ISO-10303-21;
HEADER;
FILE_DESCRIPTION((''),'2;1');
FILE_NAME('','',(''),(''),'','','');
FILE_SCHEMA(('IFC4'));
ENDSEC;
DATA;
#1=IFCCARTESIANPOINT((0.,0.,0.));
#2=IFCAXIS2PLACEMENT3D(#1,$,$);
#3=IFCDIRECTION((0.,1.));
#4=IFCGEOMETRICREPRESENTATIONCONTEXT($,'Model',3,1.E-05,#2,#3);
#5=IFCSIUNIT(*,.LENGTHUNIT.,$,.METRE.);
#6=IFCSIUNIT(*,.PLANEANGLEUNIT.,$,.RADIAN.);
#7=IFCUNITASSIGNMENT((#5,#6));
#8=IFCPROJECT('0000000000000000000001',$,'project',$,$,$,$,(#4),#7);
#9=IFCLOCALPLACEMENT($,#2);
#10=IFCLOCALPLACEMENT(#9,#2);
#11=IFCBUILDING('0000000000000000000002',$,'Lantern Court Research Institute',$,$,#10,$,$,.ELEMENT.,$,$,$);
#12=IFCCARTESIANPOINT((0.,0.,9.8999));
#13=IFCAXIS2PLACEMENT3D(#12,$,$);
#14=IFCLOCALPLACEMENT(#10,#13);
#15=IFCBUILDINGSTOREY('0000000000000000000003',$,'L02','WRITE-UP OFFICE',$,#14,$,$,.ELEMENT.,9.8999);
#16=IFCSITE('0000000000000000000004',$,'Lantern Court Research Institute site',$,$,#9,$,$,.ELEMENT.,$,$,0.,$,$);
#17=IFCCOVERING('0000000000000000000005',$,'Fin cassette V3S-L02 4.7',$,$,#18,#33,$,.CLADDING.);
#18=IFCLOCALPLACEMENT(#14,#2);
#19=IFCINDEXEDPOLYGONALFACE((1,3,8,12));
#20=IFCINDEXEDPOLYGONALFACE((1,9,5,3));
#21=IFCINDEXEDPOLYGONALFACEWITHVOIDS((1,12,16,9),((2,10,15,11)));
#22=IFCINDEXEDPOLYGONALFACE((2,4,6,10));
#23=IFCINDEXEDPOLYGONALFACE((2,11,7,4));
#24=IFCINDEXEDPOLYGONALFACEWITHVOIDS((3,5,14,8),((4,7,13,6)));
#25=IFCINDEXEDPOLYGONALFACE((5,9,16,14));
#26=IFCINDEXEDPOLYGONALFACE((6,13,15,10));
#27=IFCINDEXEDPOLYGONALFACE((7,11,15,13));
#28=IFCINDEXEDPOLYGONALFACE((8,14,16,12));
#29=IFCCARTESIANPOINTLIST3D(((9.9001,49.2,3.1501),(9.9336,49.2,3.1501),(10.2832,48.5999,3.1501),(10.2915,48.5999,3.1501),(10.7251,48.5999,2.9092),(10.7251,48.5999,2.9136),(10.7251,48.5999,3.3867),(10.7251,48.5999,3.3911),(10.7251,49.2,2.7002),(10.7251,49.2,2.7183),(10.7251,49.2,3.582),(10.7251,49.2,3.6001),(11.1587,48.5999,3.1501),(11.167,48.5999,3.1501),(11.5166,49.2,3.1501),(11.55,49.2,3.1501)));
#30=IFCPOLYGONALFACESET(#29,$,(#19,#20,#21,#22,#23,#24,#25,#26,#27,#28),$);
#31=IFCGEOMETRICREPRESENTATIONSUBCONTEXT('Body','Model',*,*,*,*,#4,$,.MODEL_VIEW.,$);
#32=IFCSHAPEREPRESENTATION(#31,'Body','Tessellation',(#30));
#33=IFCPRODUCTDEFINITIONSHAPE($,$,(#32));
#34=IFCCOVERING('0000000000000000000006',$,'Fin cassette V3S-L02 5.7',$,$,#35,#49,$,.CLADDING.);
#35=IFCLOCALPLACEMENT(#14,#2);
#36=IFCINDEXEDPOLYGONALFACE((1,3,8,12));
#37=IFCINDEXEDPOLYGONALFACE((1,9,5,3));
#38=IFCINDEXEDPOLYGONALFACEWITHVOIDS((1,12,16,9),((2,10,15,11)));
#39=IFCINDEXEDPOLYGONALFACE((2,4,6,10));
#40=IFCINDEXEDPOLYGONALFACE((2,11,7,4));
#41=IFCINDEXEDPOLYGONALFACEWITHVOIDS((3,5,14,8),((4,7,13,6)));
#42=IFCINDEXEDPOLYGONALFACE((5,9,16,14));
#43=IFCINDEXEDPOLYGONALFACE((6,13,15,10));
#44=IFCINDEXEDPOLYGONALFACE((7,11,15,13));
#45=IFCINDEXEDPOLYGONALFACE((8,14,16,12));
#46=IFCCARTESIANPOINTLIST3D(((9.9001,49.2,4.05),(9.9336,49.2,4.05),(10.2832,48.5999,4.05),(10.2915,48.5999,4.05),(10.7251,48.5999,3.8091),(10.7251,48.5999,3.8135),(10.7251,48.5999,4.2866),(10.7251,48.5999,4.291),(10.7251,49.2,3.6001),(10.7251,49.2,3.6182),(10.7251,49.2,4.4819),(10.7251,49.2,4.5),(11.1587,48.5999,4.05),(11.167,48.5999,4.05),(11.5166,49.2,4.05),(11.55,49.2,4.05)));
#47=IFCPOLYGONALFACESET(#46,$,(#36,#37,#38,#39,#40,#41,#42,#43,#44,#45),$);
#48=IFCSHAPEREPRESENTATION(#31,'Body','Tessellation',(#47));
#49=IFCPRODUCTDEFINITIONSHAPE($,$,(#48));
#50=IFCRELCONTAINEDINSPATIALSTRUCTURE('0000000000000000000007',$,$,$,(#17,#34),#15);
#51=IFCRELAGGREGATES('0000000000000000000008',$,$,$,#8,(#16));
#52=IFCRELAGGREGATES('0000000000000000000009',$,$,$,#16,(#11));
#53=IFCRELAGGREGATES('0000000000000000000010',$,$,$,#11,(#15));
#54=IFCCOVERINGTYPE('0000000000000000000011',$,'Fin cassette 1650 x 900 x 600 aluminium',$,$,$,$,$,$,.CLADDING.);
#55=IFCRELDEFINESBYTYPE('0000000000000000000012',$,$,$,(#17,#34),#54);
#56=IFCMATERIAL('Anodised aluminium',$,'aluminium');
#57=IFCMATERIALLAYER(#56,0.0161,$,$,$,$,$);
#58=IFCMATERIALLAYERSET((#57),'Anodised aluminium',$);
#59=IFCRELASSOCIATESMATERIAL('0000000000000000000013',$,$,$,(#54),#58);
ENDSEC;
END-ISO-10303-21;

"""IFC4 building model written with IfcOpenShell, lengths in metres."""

from ifc_helpers import new_model, entity, si_unit, direction, frame, origin, place, context, subcontext, project, spatial, material, layer, layer_set, type_object, element, save


model = new_model("IFC4")

# Units and contexts
model_context = context("Model", 3, precision=1e-05, world=origin(), true_north=direction((0.0, 1.0)))
body_context = subcontext(model_context, "Body", "Model", "MODEL_VIEW")
ifc_project = project(units=[si_unit("LENGTHUNIT", "METRE"), si_unit("PLANEANGLEUNIT", "RADIAN")], contexts=[model_context])

# Site, building, storey
site_placement = place(None, origin())
site = spatial("IfcSite", under=ifc_project, at=site_placement, Name="Lantern Court Research Institute site", CompositionType="ELEMENT", RefElevation=0.0)
building_placement = place(site_placement, origin())
building = spatial("IfcBuilding", under=site, at=building_placement, Name="Lantern Court Research Institute", CompositionType="ELEMENT")
storey_placement = place(building_placement, frame((0.0, 0.0, 9.8999)))
storey = spatial("IfcBuildingStorey", under=building, at=storey_placement, Name="L02", Description="WRITE-UP OFFICE", CompositionType="ELEMENT", Elevation=9.8999)

# Coverings
ifc_material_1 = material(Name="Anodised aluminium", Category="aluminium")
ifc_layer_1 = layer(ifc_material_1, 0.0161)
ifc_layer_set_1 = layer_set([ifc_layer_1], Name="Anodised aluminium")
covering_type_1 = type_object("IfcCoveringType", Name="Fin cassette 1650 x 900 x 600 aluminium", PredefinedType="CLADDING", material=ifc_layer_set_1)
covering_1_placement = place(storey_placement, frame((10.7251, 49.2, 3.1501), z_axis=(0.0, -1.0, 0.0), x_axis=(1.0, 0.0, 0.0)))
cartesian_point_1 = entity("IfcCartesianPoint", [0.825, 0.0])
cartesian_point_2 = entity("IfcCartesianPoint", [0.7915, 0.0])
cartesian_point_3 = entity("IfcCartesianPoint", [0.4419, 0.0])
cartesian_point_4 = entity("IfcCartesianPoint", [0.4336, 0.0])
element("IfcCovering", 1, at=covering_1_placement, inside=storey, type_object=covering_type_1, Name="Fin cassette V3S-L02 4.7", PredefinedType="CLADDING", context=body_context, shape_type="SweptSolid", body=[
    entity("IfcExtrudedAreaSolidTapered", entity("IfcArbitraryProfileDefWithVoids", "AREA", None, entity("IfcPolyline", [cartesian_point_1, entity("IfcCartesianPoint", [0.0, 0.45]), entity("IfcCartesianPoint", [-0.825, 0.0]), entity("IfcCartesianPoint", [0.0, -0.45]), cartesian_point_1]), [entity("IfcPolyline", [cartesian_point_2, entity("IfcCartesianPoint", [0.0, 0.4319]), entity("IfcCartesianPoint", [-0.7915, 0.0]), entity("IfcCartesianPoint", [0.0, -0.4319]), cartesian_point_2])]), entity("IfcAxis2Placement3D", entity("IfcCartesianPoint", [0.0, 0.0, 0.0])), entity("IfcDirection", [0.0, 0.0, 1.0]), 0.6001, entity("IfcArbitraryProfileDefWithVoids", "AREA", None, entity("IfcPolyline", [cartesian_point_3, entity("IfcCartesianPoint", [0.0, 0.241]), entity("IfcCartesianPoint", [-0.4419, 0.0]), entity("IfcCartesianPoint", [0.0, -0.241]), cartesian_point_3]), [entity("IfcPolyline", [cartesian_point_4, entity("IfcCartesianPoint", [0.0, 0.2366]), entity("IfcCartesianPoint", [-0.4336, 0.0]), entity("IfcCartesianPoint", [0.0, -0.2366]), cartesian_point_4])])),
])
covering_2_placement = place(storey_placement, frame((10.7251, 49.2, 4.05), z_axis=(0.0, -1.0, 0.0), x_axis=(1.0, 0.0, 0.0)))
cartesian_point_5 = entity("IfcCartesianPoint", [0.825, 0.0])
cartesian_point_6 = entity("IfcCartesianPoint", [0.7915, 0.0])
cartesian_point_7 = entity("IfcCartesianPoint", [0.4419, 0.0])
cartesian_point_8 = entity("IfcCartesianPoint", [0.4336, 0.0])
element("IfcCovering", 2, at=covering_2_placement, inside=storey, type_object=covering_type_1, Name="Fin cassette V3S-L02 5.7", PredefinedType="CLADDING", context=body_context, shape_type="SweptSolid", body=[
    entity("IfcExtrudedAreaSolidTapered", entity("IfcArbitraryProfileDefWithVoids", "AREA", None, entity("IfcPolyline", [cartesian_point_5, entity("IfcCartesianPoint", [0.0, 0.45]), entity("IfcCartesianPoint", [-0.825, 0.0]), entity("IfcCartesianPoint", [0.0, -0.45]), cartesian_point_5]), [entity("IfcPolyline", [cartesian_point_6, entity("IfcCartesianPoint", [0.0, 0.4319]), entity("IfcCartesianPoint", [-0.7915, 0.0]), entity("IfcCartesianPoint", [0.0, -0.4319]), cartesian_point_6])]), entity("IfcAxis2Placement3D", entity("IfcCartesianPoint", [0.0, 0.0, 0.0])), entity("IfcDirection", [0.0, 0.0, 1.0]), 0.6001, entity("IfcArbitraryProfileDefWithVoids", "AREA", None, entity("IfcPolyline", [cartesian_point_7, entity("IfcCartesianPoint", [0.0, 0.241]), entity("IfcCartesianPoint", [-0.4419, 0.0]), entity("IfcCartesianPoint", [0.0, -0.241]), cartesian_point_7]), [entity("IfcPolyline", [cartesian_point_8, entity("IfcCartesianPoint", [0.0, 0.2366]), entity("IfcCartesianPoint", [-0.4336, 0.0]), entity("IfcCartesianPoint", [0.0, -0.2366]), cartesian_point_8])])),
])

save(model, "model.ifc")
